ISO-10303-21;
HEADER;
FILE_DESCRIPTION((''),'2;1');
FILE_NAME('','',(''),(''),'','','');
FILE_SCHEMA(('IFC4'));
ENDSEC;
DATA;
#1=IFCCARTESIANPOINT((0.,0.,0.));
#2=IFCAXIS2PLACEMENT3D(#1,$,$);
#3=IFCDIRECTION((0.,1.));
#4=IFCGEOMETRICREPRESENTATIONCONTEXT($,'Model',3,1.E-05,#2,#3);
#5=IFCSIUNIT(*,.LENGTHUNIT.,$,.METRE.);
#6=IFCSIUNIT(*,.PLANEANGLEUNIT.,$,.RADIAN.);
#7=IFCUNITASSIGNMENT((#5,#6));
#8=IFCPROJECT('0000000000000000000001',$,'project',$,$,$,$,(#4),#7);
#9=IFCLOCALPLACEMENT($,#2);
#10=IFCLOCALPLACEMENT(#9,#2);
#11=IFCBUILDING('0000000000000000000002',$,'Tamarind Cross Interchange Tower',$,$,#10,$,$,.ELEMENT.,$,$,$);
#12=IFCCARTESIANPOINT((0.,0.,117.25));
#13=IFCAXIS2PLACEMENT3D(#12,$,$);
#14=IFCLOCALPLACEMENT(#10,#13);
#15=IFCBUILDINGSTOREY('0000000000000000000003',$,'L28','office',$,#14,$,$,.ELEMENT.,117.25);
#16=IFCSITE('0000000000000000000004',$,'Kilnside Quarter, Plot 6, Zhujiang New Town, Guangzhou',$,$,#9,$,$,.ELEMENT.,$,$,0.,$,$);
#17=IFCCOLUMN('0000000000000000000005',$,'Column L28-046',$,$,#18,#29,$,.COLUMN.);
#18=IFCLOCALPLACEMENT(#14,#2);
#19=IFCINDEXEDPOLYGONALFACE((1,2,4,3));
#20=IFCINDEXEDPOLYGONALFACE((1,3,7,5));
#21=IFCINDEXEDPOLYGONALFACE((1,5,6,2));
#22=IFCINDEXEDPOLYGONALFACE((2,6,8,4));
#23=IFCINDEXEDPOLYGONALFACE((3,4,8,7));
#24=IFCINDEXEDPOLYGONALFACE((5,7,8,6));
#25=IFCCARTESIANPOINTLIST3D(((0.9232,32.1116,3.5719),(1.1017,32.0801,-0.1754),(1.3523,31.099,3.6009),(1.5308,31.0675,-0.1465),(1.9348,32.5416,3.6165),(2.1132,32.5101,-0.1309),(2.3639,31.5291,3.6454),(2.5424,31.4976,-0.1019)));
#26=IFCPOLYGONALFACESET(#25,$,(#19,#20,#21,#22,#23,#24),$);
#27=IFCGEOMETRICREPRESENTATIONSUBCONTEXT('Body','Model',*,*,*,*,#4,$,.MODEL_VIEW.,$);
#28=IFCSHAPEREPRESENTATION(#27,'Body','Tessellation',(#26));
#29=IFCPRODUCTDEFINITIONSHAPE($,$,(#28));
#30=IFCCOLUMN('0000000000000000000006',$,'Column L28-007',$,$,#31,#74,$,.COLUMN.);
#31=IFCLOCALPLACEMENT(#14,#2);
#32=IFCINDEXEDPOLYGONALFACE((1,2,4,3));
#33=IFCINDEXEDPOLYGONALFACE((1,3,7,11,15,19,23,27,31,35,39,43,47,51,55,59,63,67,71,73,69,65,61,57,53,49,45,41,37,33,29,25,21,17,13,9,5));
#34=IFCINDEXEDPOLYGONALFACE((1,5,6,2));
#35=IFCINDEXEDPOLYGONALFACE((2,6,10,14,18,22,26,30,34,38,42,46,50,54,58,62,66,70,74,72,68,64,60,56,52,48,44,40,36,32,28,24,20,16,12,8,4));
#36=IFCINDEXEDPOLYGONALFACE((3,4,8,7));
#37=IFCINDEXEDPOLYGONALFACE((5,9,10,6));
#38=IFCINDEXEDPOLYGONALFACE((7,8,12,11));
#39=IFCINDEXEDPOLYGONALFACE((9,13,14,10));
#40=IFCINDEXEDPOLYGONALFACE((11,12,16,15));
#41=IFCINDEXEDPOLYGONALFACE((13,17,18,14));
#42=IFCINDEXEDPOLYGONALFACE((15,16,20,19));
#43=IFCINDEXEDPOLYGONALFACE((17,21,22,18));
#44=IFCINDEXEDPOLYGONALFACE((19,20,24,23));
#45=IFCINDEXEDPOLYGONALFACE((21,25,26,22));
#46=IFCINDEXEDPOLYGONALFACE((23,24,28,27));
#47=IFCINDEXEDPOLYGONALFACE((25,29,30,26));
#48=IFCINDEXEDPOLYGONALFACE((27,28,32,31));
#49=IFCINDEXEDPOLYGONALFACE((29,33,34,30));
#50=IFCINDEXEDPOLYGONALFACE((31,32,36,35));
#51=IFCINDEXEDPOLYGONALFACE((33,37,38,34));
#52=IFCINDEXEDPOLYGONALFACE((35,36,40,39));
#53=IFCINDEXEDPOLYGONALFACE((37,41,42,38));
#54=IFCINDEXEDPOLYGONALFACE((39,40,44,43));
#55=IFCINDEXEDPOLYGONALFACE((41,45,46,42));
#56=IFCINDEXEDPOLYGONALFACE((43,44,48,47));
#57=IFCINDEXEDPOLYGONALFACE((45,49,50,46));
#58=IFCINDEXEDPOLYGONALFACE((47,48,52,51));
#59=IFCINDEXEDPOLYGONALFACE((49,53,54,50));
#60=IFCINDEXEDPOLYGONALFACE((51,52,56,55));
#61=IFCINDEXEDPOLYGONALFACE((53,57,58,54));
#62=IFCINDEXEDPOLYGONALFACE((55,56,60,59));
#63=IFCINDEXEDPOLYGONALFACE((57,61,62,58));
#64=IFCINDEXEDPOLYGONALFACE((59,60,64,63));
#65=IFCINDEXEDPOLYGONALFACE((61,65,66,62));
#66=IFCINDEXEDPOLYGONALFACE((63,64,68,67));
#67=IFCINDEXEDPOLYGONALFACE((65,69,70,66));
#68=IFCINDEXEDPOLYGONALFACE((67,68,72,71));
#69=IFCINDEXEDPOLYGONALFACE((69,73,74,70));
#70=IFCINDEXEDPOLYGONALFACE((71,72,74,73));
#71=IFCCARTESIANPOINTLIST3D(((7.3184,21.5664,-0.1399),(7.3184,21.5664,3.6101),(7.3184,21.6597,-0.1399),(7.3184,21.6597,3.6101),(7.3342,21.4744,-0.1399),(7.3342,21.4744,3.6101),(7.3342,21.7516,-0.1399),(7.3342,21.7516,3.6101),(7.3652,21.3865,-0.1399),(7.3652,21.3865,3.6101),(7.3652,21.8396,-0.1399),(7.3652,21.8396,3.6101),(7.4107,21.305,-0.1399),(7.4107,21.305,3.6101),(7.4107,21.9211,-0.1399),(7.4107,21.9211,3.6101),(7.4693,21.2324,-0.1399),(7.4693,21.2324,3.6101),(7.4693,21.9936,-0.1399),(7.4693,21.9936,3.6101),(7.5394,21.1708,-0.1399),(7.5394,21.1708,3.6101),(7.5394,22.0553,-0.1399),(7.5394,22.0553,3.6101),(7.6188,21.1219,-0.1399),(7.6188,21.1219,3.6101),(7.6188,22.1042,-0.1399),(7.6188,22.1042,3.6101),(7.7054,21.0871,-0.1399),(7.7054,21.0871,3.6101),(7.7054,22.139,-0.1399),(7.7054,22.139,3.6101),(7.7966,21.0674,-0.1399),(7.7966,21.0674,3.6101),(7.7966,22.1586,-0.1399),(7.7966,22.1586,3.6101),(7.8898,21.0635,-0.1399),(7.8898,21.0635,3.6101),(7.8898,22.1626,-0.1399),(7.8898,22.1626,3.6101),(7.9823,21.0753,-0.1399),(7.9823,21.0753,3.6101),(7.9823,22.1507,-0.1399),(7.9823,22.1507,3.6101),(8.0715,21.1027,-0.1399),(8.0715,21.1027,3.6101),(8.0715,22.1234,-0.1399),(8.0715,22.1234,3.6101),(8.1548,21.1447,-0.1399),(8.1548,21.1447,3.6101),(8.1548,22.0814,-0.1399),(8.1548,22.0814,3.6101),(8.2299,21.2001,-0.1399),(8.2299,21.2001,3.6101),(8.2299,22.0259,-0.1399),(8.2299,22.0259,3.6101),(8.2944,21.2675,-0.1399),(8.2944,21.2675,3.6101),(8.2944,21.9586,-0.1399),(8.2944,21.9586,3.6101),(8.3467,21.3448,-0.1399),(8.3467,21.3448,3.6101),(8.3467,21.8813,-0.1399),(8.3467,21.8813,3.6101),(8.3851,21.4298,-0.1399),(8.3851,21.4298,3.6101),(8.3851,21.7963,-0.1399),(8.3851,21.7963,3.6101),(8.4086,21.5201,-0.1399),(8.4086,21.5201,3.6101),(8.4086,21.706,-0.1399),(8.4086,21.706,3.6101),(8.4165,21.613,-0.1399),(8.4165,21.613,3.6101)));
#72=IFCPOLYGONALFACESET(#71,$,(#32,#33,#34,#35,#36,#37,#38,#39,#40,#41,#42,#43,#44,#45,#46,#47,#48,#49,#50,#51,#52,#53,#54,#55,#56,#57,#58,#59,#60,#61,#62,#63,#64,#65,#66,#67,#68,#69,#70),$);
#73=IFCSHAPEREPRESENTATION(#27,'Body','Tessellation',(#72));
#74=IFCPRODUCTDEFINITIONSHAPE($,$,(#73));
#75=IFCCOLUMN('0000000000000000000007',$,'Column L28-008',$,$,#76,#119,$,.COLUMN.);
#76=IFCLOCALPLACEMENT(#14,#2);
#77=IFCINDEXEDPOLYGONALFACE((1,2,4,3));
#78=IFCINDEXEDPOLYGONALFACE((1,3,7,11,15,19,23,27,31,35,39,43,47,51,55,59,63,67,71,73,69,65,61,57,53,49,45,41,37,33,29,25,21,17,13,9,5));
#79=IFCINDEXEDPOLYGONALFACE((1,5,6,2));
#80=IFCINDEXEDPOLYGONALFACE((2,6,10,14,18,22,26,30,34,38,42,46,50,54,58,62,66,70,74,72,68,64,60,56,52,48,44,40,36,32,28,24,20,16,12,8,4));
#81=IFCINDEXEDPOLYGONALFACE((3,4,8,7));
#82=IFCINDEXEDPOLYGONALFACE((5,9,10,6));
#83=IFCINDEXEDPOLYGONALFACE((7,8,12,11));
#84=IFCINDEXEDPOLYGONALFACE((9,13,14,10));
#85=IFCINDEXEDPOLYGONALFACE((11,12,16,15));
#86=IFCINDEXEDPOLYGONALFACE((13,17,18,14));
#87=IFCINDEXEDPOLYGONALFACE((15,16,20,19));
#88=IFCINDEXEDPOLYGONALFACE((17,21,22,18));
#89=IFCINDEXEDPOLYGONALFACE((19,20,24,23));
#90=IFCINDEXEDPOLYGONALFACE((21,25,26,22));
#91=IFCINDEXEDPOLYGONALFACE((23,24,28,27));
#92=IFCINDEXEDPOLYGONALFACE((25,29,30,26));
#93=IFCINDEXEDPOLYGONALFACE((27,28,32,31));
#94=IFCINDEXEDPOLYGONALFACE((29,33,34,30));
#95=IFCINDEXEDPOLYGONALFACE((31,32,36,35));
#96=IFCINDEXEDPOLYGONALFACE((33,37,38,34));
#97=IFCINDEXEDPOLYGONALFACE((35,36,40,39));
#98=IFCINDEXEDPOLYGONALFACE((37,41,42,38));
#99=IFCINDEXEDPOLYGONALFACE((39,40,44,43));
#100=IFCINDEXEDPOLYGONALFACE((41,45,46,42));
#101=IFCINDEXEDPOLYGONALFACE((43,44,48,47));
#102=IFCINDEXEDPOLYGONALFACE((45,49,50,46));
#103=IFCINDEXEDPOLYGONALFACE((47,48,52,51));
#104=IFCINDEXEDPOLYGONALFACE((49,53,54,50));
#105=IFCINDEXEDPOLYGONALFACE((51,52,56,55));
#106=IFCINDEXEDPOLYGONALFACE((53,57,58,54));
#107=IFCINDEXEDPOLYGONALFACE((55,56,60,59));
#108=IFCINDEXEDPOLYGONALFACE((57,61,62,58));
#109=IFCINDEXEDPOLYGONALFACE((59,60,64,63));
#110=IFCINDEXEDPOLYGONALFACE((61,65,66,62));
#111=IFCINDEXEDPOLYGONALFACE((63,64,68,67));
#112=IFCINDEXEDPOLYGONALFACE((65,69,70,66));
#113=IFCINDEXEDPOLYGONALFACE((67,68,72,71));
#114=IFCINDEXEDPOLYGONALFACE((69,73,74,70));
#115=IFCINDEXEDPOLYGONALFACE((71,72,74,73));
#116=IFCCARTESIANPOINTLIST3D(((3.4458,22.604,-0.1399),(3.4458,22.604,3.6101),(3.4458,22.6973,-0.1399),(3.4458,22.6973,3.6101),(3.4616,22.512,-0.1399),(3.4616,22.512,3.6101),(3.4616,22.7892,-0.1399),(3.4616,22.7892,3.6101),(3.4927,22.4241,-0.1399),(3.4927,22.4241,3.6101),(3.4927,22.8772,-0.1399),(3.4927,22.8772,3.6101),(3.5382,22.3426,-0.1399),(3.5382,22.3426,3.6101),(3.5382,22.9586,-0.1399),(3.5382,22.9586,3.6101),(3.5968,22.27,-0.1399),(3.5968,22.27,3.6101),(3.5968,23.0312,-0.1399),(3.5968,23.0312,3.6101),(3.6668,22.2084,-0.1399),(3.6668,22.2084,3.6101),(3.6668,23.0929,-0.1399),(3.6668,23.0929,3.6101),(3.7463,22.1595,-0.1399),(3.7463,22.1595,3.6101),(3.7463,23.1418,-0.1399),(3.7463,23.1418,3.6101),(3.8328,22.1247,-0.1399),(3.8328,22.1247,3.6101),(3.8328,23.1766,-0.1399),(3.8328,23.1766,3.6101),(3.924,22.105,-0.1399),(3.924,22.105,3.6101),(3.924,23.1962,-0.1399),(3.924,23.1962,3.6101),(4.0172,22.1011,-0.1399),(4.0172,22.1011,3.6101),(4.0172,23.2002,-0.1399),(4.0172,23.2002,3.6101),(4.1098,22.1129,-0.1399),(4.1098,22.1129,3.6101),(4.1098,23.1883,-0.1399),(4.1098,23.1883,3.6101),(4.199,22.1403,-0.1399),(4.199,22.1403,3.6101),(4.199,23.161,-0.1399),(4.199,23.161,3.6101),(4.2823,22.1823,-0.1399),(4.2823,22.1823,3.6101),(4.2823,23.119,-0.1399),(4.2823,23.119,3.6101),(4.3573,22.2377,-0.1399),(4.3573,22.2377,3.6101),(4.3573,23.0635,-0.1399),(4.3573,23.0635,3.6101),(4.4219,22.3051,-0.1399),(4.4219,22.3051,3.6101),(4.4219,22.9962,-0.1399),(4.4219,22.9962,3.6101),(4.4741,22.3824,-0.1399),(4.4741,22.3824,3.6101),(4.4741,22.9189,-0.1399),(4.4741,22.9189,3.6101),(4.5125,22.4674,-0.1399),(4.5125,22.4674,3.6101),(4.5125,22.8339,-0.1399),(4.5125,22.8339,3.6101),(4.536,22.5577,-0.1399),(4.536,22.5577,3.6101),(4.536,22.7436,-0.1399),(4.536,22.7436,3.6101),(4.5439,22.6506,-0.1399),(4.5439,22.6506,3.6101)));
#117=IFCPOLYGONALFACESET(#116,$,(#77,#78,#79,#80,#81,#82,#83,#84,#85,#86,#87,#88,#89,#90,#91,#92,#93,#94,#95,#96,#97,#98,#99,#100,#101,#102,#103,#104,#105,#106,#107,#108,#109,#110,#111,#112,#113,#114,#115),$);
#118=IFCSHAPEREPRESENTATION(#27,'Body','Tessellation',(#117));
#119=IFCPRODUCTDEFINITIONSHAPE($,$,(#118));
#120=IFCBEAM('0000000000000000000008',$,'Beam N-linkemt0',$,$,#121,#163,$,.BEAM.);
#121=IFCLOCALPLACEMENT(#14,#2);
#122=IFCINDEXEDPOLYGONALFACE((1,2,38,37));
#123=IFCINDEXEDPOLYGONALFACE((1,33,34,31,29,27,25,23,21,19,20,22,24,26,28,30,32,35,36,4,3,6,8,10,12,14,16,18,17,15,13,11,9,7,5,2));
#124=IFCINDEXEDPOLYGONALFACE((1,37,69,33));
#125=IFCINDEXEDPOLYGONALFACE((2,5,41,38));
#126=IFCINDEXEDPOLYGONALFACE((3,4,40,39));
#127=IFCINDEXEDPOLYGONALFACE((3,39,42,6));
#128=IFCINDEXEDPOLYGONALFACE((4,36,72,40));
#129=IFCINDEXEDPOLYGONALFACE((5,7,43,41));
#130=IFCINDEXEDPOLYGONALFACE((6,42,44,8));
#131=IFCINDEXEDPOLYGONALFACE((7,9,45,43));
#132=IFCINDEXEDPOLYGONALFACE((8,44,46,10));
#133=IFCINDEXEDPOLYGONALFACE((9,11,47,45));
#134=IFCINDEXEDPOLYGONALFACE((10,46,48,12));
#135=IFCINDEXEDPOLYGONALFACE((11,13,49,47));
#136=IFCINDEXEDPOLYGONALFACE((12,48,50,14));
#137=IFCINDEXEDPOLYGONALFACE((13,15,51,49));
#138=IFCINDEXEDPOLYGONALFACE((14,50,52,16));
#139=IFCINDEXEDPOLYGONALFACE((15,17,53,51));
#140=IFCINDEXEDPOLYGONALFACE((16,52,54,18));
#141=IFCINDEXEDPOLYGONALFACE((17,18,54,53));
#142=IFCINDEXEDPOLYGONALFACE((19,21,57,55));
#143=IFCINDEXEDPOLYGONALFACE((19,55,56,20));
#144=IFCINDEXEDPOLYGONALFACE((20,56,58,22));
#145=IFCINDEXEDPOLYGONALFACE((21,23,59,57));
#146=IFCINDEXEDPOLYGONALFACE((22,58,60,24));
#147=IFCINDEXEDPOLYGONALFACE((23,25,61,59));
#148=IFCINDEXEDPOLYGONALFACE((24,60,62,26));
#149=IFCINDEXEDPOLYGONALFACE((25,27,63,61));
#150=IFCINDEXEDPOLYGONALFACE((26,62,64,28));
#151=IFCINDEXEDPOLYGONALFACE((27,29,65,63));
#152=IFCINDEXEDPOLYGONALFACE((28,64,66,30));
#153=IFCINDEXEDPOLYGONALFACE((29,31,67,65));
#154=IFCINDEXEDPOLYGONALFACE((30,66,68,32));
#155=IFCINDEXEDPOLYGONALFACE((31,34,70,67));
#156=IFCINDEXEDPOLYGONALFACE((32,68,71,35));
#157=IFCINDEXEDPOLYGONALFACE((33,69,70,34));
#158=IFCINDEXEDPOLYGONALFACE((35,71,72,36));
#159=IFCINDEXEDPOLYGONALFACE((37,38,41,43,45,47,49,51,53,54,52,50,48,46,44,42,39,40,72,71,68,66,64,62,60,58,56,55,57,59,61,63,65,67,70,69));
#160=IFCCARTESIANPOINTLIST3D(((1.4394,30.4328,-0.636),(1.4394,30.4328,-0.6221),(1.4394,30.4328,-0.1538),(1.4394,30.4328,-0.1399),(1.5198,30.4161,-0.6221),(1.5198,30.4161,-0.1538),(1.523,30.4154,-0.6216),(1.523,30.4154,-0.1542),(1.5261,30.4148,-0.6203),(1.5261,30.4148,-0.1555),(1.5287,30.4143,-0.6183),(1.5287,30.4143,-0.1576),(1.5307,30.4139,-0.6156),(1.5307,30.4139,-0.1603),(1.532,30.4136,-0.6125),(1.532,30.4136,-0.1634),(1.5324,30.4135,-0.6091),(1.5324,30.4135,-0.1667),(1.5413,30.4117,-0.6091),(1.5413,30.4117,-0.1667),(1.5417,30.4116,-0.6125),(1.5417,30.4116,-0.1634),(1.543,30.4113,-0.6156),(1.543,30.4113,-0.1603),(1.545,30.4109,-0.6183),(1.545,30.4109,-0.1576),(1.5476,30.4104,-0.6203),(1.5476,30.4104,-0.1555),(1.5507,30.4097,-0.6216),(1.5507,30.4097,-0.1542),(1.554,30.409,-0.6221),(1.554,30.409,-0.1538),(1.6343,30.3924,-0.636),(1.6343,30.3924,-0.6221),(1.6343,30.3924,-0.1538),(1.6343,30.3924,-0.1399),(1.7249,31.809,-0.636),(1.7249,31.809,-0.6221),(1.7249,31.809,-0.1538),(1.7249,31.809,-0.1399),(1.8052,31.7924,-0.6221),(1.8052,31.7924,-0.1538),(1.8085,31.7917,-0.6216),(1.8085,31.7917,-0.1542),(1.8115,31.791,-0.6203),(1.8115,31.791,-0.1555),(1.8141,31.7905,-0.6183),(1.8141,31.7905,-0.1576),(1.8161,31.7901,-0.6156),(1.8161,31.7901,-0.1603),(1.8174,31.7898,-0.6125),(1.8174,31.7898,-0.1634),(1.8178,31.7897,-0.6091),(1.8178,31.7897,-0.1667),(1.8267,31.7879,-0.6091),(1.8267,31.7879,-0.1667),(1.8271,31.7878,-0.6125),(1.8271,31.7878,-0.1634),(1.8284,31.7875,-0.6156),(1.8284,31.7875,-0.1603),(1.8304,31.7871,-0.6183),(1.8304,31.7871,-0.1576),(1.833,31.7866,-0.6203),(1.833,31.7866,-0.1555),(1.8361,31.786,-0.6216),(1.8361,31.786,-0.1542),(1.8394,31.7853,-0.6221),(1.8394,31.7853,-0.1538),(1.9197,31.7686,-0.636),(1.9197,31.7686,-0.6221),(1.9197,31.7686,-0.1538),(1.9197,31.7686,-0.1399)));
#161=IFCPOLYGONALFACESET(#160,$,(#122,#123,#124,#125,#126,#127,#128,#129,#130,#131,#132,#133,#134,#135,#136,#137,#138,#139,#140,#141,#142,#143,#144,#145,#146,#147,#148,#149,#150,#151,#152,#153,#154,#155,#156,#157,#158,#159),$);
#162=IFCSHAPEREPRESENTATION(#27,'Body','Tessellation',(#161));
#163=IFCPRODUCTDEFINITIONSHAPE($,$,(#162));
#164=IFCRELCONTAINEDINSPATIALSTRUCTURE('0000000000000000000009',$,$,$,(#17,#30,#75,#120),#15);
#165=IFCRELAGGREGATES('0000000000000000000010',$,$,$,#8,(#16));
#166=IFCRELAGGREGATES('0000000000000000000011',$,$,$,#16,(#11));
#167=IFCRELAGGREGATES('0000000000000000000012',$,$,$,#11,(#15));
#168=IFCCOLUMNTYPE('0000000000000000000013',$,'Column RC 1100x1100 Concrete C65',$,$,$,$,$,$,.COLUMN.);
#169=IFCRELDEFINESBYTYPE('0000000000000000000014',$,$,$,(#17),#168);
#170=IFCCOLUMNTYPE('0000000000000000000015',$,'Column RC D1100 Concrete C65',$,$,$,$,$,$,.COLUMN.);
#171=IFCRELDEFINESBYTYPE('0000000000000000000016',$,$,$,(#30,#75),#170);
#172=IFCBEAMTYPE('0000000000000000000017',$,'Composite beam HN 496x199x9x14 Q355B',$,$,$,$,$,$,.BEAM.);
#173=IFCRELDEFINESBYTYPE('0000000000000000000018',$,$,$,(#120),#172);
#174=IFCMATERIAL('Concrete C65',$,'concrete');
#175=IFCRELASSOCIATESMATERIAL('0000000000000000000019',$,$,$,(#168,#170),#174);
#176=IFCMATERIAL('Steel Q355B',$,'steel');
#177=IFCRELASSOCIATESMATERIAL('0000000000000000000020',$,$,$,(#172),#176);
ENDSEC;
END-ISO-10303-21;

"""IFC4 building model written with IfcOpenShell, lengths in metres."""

from ifc_helpers import new_model, si_unit, direction, frame, origin, origin_2d, place, context, subcontext, project, spatial, rectangle, circle, i_section, extrude, material, material_profile, profile_set, type_object, element, save


model = new_model("IFC4")

# Units and contexts
model_context = context("Model", 3, precision=1e-05, world=origin(), true_north=direction((0.0, 1.0)))
body_context = subcontext(model_context, "Body", "Model", "MODEL_VIEW")
ifc_project = project(units=[si_unit("LENGTHUNIT", "METRE"), si_unit("PLANEANGLEUNIT", "RADIAN")], contexts=[model_context])

# Site, building, storey
site_placement = place(None, origin())
site = spatial("IfcSite", under=ifc_project, at=site_placement, Name="Kilnside Quarter, Plot 6, Zhujiang New Town, Guangzhou", CompositionType="ELEMENT", RefElevation=0.0)
building_placement = place(site_placement, origin())
building = spatial("IfcBuilding", under=site, at=building_placement, Name="Tamarind Cross Interchange Tower", CompositionType="ELEMENT")
storey_placement = place(building_placement, frame((0.0, 0.0, 117.25)))
storey = spatial("IfcBuildingStorey", under=building, at=storey_placement, Name="L28", Description="office", CompositionType="ELEMENT", Elevation=117.25)

# Columns
ifc_material_1 = material(Name="Concrete C65", Category="concrete")
ifc_material_profile_1 = material_profile(ifc_material_1, rectangle(XDim=1.1001, YDim=1.1001, at=origin_2d()), Name="RC 1100x1100")
ifc_profile_set_1 = profile_set([ifc_material_profile_1], Name="Concrete C65")
column_type_1 = type_object("IfcColumnType", Name="Column RC 1100x1100 Concrete C65", PredefinedType="COLUMN", material=ifc_profile_set_1)
column_placement = place(storey_placement, frame((1.822, 31.7888, -0.1387), z_axis=(-0.04757, 0.008395, 0.998833), x_axis=(0.390106, -0.920394, 0.026314)))
element("IfcColumn", 1, at=column_placement, inside=storey, type_object=column_type_1, Name="Column L28-046", PredefinedType="COLUMN", context=body_context, shape_type="SweptSolid", body=[
    extrude(rectangle(XDim=1.1001, YDim=1.1001, at=origin_2d()), origin(), (0.0, 0.0, 1.0), 3.7517),
])
ifc_material_profile_2 = material_profile(ifc_material_1, circle(Radius=0.55, at=origin_2d()), Name="RC D1100")
ifc_profile_set_2 = profile_set([ifc_material_profile_2], Name="Concrete C65")
column_type_2 = type_object("IfcColumnType", Name="Column RC D1100 Concrete C65", PredefinedType="COLUMN", material=ifc_profile_set_2)
for number, where, z_axis, x_axis, name in (
    (2, (7.8665, 21.613, -0.1399), (0.0, 0.0, 1.0), (1.0, 0.0, 0.0), "Column L28-007"),
    (3, (3.9939, 22.6506, -0.1399), (0.0, 0.0, 1.0), (1.0, 0.0, 0.0), "Column L28-008"),
):
    element("IfcColumn", number, at=place(storey_placement, frame(where, z_axis=z_axis, x_axis=x_axis)), inside=storey, type_object=column_type_2, Name=name, PredefinedType="COLUMN", context=body_context, shape_type="SweptSolid", body=[
        extrude(circle(Radius=0.55, at=origin_2d()), origin(), (0.0, 0.0, 1.0), 3.75),
    ])

# Beam
ifc_material_2 = material(Name="Steel Q355B", Category="steel")
ifc_material_profile_3 = material_profile(ifc_material_2, i_section(OverallWidth=0.199, OverallDepth=0.4961, WebThickness=0.009, FlangeThickness=0.0139, FilletRadius=0.0129, at=origin_2d()), Name="HN 496x199x9x14")
ifc_profile_set_3 = profile_set([ifc_material_profile_3], Name="Steel Q355B")
beam_type_1 = type_object("IfcBeamType", Name="Composite beam HN 496x199x9x14 Q355B", PredefinedType="BEAM", material=ifc_profile_set_3)
beam_1_placement = place(storey_placement, frame((1.8223, 31.7888, -0.3879), z_axis=(-0.203059, -0.979166, 0.0), x_axis=(0.979166, -0.203059, 0.0)))
element("IfcBeam", 4, at=beam_1_placement, inside=storey, type_object=beam_type_1, Name="Beam N-linkemt0", PredefinedType="BEAM", context=body_context, shape_type="SweptSolid", body=[
    extrude(i_section(OverallWidth=0.199, OverallDepth=0.4961, WebThickness=0.009, FlangeThickness=0.0139, FilletRadius=0.0129, at=origin_2d()), origin(), (0.0, 0.0, 1.0), 1.4055),
])

save(model, "model.ifc")
